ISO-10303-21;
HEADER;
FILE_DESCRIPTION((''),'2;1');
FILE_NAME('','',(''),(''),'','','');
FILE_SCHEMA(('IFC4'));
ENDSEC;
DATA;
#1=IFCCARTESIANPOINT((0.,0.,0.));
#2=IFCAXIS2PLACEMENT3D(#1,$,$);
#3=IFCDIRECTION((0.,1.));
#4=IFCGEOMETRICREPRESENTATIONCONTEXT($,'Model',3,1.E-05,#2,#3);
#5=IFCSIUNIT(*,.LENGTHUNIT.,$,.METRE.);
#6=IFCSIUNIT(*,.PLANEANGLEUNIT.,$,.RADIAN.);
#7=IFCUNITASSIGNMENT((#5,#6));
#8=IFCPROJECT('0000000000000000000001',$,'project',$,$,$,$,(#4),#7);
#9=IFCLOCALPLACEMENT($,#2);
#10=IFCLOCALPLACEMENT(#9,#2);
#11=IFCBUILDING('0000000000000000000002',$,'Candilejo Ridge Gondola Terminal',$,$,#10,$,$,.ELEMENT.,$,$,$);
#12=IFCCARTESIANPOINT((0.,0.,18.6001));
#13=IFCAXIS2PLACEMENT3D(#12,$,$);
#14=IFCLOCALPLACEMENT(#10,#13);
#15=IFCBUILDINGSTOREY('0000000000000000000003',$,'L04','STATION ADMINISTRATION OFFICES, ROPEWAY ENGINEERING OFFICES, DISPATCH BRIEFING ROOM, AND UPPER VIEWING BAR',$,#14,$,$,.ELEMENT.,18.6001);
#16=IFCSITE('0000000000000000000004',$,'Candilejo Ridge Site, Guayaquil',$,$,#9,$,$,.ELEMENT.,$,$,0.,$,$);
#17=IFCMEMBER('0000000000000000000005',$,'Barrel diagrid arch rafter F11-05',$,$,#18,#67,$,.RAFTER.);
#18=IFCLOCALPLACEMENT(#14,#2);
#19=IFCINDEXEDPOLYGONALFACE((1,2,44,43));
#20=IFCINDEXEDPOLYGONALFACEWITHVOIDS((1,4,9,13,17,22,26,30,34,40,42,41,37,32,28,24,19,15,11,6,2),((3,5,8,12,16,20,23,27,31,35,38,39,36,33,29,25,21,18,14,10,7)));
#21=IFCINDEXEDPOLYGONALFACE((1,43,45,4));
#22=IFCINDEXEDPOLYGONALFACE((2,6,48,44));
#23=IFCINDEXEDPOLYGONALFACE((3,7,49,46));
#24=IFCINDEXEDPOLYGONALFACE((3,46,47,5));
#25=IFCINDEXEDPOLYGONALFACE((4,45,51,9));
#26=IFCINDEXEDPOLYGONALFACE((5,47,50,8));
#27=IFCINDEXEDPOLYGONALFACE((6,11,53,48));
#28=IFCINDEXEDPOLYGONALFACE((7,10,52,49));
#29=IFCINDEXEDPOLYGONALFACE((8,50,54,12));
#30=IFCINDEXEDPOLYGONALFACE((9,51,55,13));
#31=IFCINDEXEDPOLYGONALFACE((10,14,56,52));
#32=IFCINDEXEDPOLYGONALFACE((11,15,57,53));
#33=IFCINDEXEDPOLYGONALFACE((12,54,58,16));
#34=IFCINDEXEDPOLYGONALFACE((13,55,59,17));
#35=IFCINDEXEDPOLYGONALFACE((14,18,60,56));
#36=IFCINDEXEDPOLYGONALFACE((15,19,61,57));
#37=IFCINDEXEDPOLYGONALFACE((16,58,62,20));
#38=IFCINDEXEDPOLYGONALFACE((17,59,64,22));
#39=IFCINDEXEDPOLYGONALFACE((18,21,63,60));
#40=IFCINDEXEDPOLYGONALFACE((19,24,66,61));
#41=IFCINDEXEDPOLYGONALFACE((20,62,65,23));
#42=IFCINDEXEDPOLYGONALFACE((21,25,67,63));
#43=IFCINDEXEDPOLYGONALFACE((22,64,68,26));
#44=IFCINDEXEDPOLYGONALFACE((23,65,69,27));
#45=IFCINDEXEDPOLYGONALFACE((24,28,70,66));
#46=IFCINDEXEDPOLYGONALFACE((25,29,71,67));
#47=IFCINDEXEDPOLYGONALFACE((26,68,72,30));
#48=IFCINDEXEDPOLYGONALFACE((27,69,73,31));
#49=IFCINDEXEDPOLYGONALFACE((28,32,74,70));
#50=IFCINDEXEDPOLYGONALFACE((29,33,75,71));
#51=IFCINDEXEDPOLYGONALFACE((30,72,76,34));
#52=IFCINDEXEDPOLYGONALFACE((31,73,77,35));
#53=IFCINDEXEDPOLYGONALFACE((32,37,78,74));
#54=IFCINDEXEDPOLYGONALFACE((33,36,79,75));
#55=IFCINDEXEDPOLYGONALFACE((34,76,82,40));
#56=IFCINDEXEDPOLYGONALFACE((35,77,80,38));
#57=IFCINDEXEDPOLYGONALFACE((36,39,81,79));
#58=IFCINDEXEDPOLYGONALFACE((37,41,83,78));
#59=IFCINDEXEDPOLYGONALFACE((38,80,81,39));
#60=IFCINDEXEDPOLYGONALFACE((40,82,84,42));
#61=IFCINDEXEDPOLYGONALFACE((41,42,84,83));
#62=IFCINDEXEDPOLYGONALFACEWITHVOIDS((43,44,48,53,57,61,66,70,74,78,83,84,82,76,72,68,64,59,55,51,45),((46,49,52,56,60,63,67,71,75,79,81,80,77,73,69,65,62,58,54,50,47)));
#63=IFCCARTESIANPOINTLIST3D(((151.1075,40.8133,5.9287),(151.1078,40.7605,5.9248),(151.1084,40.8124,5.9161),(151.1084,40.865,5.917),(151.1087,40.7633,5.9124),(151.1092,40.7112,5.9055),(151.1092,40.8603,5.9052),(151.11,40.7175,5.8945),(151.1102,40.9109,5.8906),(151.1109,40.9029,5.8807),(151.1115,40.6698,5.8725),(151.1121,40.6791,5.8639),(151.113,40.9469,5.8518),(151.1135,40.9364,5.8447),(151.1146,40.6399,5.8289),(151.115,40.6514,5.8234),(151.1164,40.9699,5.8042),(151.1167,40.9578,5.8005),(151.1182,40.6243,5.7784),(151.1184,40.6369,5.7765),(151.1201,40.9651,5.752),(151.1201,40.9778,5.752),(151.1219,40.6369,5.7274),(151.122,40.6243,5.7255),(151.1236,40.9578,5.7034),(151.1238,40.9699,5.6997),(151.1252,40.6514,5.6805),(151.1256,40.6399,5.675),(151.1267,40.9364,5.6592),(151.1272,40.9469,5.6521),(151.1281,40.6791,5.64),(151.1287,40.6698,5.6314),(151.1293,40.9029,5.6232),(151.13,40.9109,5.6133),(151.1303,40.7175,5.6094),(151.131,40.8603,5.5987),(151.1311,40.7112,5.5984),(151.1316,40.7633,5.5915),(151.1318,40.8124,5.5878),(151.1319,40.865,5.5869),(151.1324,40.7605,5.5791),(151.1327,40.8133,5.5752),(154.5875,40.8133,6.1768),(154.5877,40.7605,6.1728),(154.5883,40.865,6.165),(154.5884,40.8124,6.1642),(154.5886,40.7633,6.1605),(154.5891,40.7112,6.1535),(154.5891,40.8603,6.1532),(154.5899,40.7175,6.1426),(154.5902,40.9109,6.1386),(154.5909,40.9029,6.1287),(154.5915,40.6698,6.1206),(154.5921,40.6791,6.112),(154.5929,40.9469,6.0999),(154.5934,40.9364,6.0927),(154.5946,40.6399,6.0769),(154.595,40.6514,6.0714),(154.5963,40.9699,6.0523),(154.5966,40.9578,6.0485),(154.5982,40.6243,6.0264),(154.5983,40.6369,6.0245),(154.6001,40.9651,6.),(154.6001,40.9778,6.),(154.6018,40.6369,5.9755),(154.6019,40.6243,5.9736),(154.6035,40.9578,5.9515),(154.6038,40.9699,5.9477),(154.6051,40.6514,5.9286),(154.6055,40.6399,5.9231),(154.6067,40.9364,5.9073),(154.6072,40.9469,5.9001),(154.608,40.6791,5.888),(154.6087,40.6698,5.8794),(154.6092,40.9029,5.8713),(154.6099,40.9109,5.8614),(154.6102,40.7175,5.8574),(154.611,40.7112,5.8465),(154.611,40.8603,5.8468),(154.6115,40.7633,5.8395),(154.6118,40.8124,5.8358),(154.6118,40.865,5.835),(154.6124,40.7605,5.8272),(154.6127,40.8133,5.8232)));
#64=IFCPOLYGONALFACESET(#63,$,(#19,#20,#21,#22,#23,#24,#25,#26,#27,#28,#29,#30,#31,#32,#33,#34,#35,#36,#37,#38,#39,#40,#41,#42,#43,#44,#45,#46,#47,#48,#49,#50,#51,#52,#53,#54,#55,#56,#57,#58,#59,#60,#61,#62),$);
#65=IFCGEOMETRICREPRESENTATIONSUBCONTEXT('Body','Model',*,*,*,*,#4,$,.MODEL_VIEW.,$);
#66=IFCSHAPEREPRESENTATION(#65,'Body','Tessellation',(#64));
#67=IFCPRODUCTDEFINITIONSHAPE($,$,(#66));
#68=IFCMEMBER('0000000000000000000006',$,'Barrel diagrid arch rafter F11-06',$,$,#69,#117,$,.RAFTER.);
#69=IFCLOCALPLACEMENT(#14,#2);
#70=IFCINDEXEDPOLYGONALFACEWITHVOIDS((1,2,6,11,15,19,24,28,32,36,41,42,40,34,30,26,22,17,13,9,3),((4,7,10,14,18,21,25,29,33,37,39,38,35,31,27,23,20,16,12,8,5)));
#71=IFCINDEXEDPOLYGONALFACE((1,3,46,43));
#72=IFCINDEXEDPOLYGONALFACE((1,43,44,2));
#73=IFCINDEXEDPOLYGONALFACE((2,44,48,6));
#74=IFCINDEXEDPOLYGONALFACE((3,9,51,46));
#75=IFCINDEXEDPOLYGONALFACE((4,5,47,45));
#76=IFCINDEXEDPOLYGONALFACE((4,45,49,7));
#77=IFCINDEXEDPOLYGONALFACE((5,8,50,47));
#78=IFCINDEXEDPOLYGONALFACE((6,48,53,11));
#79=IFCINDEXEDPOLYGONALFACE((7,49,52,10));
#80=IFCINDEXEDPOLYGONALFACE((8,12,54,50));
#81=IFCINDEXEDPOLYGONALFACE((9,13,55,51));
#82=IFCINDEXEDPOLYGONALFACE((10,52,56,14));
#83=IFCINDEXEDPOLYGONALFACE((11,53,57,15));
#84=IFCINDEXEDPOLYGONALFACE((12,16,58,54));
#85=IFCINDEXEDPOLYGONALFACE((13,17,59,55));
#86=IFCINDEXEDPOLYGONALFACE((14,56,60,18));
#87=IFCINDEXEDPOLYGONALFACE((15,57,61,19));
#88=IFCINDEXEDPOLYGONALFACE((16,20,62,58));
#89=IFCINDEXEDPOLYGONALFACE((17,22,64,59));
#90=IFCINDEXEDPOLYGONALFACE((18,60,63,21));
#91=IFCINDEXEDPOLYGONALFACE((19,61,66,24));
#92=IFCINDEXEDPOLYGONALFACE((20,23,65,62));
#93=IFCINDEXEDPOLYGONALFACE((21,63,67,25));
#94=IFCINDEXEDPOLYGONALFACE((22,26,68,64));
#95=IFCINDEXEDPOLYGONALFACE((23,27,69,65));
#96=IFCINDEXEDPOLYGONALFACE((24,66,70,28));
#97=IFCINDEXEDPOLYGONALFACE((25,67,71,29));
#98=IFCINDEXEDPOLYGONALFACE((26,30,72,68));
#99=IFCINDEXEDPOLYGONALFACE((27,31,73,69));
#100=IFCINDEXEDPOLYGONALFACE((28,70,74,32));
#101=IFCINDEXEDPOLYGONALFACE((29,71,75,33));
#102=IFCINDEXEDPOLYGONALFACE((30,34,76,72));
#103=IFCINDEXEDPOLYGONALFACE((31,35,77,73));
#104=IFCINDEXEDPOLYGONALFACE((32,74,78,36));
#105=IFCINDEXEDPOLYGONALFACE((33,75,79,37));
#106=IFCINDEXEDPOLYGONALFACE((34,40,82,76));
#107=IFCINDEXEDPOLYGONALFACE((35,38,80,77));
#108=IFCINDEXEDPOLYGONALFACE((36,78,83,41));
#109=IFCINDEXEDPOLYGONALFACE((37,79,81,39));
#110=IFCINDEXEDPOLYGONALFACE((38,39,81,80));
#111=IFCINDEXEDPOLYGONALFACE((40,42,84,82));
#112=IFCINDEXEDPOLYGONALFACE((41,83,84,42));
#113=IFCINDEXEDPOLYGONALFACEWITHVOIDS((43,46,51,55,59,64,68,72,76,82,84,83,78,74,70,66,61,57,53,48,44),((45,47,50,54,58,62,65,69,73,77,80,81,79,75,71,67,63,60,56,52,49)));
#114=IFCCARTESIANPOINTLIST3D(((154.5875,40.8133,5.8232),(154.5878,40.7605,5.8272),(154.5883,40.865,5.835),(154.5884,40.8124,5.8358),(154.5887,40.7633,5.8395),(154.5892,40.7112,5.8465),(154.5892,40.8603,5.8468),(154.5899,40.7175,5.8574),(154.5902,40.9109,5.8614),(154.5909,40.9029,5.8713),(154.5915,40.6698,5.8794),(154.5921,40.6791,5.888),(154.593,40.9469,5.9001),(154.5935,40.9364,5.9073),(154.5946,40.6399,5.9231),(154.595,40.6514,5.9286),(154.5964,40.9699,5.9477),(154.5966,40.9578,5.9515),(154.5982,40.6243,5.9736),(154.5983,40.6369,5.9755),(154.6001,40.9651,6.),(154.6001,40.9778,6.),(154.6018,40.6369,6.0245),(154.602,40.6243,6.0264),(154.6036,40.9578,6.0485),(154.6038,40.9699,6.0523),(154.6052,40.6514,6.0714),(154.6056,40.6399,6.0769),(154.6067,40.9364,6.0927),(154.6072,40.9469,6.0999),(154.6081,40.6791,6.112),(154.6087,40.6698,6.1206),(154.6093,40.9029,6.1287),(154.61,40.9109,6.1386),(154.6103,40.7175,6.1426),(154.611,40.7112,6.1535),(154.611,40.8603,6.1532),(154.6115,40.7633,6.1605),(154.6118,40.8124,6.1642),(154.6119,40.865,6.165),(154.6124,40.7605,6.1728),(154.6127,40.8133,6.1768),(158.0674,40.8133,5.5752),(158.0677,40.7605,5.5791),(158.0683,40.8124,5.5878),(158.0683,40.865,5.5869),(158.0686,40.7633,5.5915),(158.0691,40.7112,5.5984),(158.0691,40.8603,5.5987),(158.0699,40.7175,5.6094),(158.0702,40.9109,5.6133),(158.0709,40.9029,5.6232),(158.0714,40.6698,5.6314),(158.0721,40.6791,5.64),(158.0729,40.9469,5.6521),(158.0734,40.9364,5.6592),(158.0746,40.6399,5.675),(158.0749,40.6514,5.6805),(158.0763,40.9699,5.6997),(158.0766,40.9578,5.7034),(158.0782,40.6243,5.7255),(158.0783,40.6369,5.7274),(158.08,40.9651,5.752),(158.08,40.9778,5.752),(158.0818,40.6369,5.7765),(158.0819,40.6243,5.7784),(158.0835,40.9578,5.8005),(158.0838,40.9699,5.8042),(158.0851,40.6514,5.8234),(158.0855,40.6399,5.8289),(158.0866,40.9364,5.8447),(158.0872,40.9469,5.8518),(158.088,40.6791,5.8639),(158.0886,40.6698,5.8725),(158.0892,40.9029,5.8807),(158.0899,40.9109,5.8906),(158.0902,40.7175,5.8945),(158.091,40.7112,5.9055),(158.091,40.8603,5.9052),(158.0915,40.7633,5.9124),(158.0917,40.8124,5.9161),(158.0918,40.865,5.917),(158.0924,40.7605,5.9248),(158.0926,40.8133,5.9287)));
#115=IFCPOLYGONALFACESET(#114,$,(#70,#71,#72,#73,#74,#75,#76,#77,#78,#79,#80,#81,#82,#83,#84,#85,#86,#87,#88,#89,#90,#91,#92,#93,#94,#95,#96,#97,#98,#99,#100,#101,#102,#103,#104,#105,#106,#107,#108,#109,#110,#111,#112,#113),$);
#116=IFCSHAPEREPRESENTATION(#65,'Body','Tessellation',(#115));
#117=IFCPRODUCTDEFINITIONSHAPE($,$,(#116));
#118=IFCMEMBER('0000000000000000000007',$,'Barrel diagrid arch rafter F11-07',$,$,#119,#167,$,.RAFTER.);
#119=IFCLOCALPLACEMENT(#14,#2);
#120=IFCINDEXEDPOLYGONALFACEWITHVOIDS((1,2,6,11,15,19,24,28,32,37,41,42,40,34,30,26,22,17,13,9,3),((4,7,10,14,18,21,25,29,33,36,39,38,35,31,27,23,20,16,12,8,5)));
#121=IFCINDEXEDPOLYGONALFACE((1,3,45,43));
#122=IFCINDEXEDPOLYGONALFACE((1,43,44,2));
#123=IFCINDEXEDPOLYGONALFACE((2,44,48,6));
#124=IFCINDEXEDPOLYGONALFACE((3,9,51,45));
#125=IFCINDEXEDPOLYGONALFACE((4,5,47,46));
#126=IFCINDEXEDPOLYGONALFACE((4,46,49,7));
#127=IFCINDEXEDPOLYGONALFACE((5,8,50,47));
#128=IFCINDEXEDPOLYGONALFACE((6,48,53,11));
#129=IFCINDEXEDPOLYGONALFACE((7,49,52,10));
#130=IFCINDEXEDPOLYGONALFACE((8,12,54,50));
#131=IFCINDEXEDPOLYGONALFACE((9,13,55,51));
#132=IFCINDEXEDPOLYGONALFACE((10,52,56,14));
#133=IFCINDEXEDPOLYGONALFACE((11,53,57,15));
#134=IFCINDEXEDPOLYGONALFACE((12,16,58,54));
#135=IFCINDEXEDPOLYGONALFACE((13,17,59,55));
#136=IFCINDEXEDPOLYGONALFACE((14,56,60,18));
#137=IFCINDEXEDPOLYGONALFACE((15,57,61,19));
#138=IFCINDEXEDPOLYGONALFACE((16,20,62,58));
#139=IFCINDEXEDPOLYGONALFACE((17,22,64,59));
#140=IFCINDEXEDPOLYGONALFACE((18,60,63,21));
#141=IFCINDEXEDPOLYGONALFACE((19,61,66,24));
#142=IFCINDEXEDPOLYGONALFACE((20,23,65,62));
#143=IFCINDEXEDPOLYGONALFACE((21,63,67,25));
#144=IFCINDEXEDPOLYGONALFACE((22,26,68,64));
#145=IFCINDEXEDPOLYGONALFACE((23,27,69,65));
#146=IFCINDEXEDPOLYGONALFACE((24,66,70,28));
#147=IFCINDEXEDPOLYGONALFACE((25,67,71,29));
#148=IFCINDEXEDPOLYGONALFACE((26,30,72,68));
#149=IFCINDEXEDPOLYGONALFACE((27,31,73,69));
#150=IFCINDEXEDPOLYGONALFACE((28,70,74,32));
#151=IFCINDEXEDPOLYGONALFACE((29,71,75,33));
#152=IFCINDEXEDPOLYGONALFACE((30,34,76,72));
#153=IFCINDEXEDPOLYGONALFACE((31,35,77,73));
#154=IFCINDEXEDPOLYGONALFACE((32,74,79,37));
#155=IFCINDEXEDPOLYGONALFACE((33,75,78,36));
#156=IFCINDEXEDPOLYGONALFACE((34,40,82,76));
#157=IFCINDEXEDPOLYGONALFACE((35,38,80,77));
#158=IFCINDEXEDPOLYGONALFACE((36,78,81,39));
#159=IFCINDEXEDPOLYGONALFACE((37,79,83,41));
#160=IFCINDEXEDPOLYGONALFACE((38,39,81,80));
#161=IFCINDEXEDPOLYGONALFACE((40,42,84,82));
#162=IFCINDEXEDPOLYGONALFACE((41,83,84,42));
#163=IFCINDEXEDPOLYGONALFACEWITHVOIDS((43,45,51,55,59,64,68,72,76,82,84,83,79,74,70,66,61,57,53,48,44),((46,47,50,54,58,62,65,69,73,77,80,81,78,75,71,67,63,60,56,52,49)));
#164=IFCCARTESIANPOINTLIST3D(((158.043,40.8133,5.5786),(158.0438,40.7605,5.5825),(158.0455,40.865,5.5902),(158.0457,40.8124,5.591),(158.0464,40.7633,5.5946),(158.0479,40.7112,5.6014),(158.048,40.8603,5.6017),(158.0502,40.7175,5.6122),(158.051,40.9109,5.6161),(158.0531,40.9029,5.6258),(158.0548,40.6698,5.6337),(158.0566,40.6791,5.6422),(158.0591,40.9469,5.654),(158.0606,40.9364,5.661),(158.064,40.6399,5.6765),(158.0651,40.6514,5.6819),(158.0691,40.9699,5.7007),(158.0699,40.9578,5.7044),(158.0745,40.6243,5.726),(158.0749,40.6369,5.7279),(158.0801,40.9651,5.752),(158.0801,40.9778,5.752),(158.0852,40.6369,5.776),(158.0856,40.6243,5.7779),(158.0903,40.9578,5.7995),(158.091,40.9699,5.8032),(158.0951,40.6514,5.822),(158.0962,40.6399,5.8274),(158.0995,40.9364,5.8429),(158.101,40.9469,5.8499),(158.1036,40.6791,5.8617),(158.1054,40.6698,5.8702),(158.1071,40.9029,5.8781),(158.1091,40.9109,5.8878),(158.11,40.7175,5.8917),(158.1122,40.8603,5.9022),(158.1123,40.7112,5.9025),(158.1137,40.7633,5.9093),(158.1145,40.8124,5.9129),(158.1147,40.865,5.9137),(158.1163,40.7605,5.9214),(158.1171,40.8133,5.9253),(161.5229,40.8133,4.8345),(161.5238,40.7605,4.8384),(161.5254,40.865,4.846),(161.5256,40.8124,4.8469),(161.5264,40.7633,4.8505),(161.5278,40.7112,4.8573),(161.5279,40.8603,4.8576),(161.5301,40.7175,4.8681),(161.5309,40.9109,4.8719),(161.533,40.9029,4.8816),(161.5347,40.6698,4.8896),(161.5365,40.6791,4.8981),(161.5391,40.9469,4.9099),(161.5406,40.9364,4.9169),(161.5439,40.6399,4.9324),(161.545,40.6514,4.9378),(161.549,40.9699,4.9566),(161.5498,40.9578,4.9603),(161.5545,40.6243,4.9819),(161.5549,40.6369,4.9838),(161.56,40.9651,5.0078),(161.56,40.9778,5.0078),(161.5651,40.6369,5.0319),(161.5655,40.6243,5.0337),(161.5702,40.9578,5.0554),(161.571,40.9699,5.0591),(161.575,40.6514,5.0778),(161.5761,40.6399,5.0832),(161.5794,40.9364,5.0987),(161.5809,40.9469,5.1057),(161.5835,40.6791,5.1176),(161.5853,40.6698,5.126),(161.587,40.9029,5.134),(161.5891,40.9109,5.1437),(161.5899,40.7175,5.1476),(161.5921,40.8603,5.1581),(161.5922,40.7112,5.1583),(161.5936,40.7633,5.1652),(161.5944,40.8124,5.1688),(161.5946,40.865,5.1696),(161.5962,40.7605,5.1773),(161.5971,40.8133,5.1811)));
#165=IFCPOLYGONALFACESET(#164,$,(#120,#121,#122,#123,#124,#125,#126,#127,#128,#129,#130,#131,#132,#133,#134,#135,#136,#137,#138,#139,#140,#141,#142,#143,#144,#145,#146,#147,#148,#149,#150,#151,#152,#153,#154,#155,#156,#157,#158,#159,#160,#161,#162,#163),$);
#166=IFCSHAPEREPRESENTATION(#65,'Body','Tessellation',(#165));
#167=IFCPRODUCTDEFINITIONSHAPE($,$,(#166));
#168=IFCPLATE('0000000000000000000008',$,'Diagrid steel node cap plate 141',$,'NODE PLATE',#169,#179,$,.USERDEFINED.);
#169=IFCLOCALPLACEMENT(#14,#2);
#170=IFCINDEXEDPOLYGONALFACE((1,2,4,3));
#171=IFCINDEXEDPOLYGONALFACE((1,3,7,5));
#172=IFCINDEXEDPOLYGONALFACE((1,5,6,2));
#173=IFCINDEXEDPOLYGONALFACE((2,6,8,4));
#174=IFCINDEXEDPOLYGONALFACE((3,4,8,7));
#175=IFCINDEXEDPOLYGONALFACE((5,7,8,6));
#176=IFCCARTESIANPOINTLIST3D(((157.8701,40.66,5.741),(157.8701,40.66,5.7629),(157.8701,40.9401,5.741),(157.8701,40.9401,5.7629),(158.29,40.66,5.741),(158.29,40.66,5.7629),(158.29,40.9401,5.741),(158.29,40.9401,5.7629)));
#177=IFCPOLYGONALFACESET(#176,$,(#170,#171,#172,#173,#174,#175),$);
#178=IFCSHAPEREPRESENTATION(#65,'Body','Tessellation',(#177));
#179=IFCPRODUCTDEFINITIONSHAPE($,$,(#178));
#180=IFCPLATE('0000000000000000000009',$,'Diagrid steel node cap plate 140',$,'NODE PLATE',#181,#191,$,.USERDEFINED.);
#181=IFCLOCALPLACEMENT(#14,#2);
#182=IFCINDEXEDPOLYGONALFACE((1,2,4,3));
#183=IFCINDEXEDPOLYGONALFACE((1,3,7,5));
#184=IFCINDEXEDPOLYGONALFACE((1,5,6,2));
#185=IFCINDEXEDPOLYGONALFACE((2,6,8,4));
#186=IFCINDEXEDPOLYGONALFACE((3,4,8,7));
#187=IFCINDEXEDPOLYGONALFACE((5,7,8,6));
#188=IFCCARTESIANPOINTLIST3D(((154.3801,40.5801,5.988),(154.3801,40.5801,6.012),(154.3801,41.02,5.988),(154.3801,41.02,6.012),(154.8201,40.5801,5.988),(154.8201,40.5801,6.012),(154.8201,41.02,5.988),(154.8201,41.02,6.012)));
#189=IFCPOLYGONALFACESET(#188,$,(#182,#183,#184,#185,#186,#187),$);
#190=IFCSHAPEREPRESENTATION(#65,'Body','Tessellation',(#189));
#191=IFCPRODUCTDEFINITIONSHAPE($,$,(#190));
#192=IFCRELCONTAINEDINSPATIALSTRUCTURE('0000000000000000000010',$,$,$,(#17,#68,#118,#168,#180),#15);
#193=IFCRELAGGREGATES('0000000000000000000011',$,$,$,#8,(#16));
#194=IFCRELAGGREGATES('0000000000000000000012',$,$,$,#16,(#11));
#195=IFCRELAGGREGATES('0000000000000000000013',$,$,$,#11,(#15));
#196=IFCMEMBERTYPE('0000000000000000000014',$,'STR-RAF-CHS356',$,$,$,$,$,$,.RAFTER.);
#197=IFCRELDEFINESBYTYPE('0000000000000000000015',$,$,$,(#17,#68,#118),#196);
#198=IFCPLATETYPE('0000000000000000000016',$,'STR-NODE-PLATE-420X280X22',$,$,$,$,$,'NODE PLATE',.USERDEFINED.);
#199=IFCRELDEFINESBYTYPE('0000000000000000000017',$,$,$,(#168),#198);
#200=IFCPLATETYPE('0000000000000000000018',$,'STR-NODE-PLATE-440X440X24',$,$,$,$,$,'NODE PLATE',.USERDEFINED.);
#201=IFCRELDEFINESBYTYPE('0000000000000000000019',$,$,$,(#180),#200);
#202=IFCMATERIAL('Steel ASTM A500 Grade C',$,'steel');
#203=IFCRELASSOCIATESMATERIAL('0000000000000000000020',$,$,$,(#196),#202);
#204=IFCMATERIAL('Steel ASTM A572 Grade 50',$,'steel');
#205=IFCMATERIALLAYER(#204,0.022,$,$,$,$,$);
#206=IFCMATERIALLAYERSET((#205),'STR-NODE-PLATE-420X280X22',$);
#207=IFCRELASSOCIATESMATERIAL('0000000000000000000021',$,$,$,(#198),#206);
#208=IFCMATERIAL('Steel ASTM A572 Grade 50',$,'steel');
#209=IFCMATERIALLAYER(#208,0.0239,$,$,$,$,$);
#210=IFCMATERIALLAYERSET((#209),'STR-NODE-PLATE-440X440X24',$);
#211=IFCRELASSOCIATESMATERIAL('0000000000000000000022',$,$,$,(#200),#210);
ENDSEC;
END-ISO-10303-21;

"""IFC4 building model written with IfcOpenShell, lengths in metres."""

from ifc_helpers import new_model, si_unit, direction, frame, origin, origin_2d, place, context, subcontext, project, spatial, rectangle, hollow_circle, extrude, material, layer, layer_set, material_profile, profile_set, type_object, element, save


model = new_model("IFC4")

# Units and contexts
model_context = context("Model", 3, precision=1e-05, world=origin(), true_north=direction((0.0, 1.0)))
body_context = subcontext(model_context, "Body", "Model", "MODEL_VIEW")
ifc_project = project(units=[si_unit("LENGTHUNIT", "METRE"), si_unit("PLANEANGLEUNIT", "RADIAN")], contexts=[model_context])

# Site, building, storey
site_placement = place(None, origin())
site = spatial("IfcSite", under=ifc_project, at=site_placement, Name="Candilejo Ridge Site, Guayaquil", CompositionType="ELEMENT", RefElevation=0.0)
building_placement = place(site_placement, origin())
building = spatial("IfcBuilding", under=site, at=building_placement, Name="Candilejo Ridge Gondola Terminal", CompositionType="ELEMENT")
storey_placement = place(building_placement, frame((0.0, 0.0, 18.6001)))
storey = spatial("IfcBuildingStorey", under=building, at=storey_placement, Name="L04", Description="STATION ADMINISTRATION OFFICES, ROPEWAY ENGINEERING OFFICES, DISPATCH BRIEFING ROOM, AND UPPER VIEWING BAR", CompositionType="ELEMENT", Elevation=18.6001)

# Members
ifc_material_1 = material(Name="Steel ASTM A500 Grade C", Category="steel")
ifc_material_profile_1 = material_profile(ifc_material_1, hollow_circle(Radius=0.1777, WallThickness=0.0127, at=origin_2d()))
ifc_profile_set_1 = profile_set([ifc_material_profile_1], Name="Steel ASTM A500 Grade C")
member_type_1 = type_object("IfcMemberType", Name="STR-RAF-CHS356", PredefinedType="RAFTER", material=ifc_profile_set_1)
for number, where, z_axis, x_axis, name in (
    (1, (151.1201, 40.8, 5.752), (0.997469, 0.0, 0.071098), (0.0, 1.0, 0.0), "Barrel diagrid arch rafter F11-05"),
    (2, (154.6001, 40.8, 6.0), (0.997469, 0.0, -0.071098), (0.0, 1.0, 0.0), "Barrel diagrid arch rafter F11-06"),
):
    element("IfcMember", number, at=place(storey_placement, frame(where, z_axis=z_axis, x_axis=x_axis)), inside=storey, type_object=member_type_1, Name=name, PredefinedType="RAFTER", context=body_context, shape_type="SweptSolid", body=[
        extrude(hollow_circle(Radius=0.1777, WallThickness=0.0127, at=origin_2d()), origin(), (0.0, 0.0, 1.0), 3.4888),
    ])
member_1_placement = place(storey_placement, frame((158.0801, 40.8, 5.752), z_axis=(0.977893, 0.0, -0.209107), x_axis=(0.0, 1.0, 0.0)))
element("IfcMember", 3, at=member_1_placement, inside=storey, type_object=member_type_1, Name="Barrel diagrid arch rafter F11-07", PredefinedType="RAFTER", context=body_context, shape_type="SweptSolid", body=[
    extrude(hollow_circle(Radius=0.1777, WallThickness=0.0127, at=origin_2d()), origin(), (0.0, 0.0, 1.0), 3.5586),
])

# Plates
ifc_material_2 = material(Name="Steel ASTM A572 Grade 50", Category="steel")
ifc_layer_1 = layer(ifc_material_2, 0.022)
ifc_layer_set_1 = layer_set([ifc_layer_1], Name="STR-NODE-PLATE-420X280X22")
plate_type_1 = type_object("IfcPlateType", Name="STR-NODE-PLATE-420X280X22", ElementType="NODE PLATE", PredefinedType="USERDEFINED", material=ifc_layer_set_1)
plate_1_placement = place(storey_placement, frame((158.0801, 40.8, 5.741), z_axis=(0.0, 0.0, 1.0), x_axis=(1.0, 0.0, 0.0)))
element("IfcPlate", 4, at=plate_1_placement, inside=storey, type_object=plate_type_1, Name="Diagrid steel node cap plate 141", ObjectType="NODE PLATE", PredefinedType="USERDEFINED", context=body_context, shape_type="SweptSolid", body=[
    extrude(rectangle(XDim=0.4199, YDim=0.28, at=origin_2d()), origin(), (0.0, 0.0, 1.0), 0.022),
])
ifc_material_3 = material(Name="Steel ASTM A572 Grade 50", Category="steel")
ifc_layer_2 = layer(ifc_material_3, 0.0239)
ifc_layer_set_2 = layer_set([ifc_layer_2], Name="STR-NODE-PLATE-440X440X24")
plate_type_2 = type_object("IfcPlateType", Name="STR-NODE-PLATE-440X440X24", ElementType="NODE PLATE", PredefinedType="USERDEFINED", material=ifc_layer_set_2)
plate_2_placement = place(storey_placement, frame((154.6001, 40.8, 5.988), z_axis=(0.0, 0.0, 1.0), x_axis=(1.0, 0.0, 0.0)))
element("IfcPlate", 5, at=plate_2_placement, inside=storey, type_object=plate_type_2, Name="Diagrid steel node cap plate 140", ObjectType="NODE PLATE", PredefinedType="USERDEFINED", context=body_context, shape_type="SweptSolid", body=[
    extrude(rectangle(XDim=0.4399, YDim=0.4399, at=origin_2d()), origin(), (0.0, 0.0, 1.0), 0.0239),
])

save(model, "model.ifc")
